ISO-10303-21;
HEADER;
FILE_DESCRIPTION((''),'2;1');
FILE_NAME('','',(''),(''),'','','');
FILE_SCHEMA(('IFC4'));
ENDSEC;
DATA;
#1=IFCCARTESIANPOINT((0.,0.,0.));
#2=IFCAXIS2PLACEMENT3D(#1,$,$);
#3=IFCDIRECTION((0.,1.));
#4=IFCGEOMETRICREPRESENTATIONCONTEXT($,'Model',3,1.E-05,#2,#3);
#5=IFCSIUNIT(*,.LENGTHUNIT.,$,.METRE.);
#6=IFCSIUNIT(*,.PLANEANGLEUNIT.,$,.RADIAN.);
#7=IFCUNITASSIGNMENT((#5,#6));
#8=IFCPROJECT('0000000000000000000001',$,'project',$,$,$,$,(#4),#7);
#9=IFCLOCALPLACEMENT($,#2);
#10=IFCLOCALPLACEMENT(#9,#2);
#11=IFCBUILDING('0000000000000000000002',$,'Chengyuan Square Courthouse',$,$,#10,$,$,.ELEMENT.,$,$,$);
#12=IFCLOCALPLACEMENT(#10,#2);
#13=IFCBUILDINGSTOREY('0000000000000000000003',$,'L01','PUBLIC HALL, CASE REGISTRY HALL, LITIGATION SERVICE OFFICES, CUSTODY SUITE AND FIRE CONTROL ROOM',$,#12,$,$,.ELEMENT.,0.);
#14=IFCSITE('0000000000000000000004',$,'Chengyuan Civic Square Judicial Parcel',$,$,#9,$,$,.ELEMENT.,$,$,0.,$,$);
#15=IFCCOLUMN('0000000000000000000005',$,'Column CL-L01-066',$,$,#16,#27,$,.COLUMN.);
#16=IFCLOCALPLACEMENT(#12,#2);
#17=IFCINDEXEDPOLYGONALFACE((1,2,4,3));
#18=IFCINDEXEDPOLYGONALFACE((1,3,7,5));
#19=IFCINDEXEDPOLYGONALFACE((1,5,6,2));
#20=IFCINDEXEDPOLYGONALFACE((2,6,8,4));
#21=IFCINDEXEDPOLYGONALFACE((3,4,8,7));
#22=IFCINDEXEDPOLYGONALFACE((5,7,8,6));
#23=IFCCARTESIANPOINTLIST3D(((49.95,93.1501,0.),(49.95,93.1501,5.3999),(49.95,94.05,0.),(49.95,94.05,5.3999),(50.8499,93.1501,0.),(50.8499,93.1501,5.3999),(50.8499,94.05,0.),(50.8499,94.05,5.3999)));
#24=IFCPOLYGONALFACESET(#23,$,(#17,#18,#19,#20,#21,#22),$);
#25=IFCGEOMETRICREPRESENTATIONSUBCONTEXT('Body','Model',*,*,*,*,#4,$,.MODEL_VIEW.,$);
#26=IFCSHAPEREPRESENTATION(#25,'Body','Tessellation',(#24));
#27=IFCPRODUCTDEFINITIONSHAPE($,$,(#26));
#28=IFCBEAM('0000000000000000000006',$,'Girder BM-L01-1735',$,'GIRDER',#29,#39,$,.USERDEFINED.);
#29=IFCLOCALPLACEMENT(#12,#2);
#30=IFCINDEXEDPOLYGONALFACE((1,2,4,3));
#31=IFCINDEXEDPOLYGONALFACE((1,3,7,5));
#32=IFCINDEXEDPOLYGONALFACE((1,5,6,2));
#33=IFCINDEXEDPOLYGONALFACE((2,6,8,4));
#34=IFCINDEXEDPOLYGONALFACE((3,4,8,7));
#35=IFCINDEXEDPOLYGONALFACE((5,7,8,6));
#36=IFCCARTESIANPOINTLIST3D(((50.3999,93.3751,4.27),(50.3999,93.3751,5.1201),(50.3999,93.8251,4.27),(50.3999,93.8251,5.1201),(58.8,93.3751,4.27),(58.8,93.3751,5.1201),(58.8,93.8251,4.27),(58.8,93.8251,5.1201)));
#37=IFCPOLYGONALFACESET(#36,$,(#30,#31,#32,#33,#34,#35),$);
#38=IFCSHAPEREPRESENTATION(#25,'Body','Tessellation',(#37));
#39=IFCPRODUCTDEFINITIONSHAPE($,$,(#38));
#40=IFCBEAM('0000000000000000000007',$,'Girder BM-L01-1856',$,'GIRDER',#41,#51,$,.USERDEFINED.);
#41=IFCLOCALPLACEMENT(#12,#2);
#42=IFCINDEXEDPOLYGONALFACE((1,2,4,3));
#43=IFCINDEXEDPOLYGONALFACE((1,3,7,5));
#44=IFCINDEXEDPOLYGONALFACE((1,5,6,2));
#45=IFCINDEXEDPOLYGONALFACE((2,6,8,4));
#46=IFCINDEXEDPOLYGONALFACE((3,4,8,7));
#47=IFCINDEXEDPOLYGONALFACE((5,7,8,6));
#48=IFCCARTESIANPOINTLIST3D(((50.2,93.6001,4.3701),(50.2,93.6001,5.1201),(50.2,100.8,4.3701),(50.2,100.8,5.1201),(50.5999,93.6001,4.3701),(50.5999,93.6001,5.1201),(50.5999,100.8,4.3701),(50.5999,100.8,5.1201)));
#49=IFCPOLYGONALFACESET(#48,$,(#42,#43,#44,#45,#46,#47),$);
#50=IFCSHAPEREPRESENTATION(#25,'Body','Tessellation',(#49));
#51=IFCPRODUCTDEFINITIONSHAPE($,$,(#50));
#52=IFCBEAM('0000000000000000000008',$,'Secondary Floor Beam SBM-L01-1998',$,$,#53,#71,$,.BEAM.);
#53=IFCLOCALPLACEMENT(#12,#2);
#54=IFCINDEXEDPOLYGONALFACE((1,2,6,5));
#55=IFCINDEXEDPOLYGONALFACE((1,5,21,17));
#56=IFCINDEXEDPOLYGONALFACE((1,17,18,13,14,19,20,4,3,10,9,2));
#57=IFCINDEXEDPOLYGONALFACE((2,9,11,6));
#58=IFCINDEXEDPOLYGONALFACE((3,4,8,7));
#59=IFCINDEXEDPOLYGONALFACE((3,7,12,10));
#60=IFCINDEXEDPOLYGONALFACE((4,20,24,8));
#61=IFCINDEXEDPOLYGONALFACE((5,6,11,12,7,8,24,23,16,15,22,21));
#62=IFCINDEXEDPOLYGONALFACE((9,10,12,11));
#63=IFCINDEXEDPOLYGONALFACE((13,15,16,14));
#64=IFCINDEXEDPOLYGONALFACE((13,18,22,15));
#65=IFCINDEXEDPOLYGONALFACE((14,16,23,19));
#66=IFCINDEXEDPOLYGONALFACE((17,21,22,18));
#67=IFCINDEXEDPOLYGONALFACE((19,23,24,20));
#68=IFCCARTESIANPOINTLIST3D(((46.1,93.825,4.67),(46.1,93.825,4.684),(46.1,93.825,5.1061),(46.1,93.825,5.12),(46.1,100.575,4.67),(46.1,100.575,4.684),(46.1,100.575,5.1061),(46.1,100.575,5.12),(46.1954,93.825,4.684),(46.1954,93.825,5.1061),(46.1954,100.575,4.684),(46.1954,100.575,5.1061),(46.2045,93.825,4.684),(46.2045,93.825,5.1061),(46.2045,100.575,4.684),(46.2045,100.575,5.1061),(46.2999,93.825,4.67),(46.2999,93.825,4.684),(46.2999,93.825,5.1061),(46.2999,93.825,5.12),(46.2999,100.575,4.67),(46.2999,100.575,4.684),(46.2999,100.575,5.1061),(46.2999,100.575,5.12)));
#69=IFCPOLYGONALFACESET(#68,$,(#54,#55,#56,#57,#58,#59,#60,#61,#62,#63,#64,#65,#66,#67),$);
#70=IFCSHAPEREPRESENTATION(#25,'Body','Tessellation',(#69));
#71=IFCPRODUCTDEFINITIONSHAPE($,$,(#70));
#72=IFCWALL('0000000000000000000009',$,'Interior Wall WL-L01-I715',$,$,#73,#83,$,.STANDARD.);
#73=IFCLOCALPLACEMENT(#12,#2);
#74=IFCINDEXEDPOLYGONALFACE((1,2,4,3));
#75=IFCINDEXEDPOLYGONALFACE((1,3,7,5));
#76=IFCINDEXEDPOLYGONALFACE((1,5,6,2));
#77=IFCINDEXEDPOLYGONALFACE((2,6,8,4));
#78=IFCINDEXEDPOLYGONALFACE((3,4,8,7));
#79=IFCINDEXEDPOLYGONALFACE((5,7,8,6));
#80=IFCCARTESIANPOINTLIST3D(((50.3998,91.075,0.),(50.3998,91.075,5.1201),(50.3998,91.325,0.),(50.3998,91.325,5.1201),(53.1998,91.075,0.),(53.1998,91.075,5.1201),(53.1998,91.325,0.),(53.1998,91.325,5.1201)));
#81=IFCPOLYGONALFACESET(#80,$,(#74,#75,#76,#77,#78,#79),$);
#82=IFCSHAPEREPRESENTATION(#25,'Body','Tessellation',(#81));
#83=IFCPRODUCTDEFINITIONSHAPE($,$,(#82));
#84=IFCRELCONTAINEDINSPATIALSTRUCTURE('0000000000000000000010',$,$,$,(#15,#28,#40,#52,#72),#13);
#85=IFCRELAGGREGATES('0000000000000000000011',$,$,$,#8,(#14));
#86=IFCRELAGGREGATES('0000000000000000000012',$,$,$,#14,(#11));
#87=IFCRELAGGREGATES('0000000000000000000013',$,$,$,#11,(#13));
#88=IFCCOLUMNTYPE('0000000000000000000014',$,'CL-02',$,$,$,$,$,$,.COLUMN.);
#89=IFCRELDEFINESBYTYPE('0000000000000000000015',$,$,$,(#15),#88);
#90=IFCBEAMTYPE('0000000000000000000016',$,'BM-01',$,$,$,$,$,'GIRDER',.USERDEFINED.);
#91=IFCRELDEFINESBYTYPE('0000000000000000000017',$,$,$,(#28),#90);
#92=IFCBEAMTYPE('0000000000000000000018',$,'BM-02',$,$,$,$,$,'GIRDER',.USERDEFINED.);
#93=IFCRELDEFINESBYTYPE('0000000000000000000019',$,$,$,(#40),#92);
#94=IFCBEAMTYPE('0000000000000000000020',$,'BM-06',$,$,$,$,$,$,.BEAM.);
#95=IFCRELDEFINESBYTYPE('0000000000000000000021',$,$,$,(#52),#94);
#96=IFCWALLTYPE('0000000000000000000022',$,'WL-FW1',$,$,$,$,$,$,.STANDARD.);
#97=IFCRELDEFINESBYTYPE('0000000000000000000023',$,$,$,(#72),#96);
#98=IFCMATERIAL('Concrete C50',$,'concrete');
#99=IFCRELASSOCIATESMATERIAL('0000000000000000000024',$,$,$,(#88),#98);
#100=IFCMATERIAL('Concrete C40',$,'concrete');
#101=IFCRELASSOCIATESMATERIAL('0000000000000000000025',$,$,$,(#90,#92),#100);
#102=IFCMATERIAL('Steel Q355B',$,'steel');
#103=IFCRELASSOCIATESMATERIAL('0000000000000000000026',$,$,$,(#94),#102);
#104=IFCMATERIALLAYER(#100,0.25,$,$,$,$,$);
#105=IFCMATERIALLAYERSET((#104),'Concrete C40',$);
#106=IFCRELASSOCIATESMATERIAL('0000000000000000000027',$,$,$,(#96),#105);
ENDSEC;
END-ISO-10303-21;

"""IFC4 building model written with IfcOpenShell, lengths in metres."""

from ifc_helpers import new_model, si_unit, direction, frame, frame_2d, origin, origin_2d, place, context, subcontext, project, spatial, rectangle, i_section, extrude, material, layer, layer_set, material_profile, profile_set, type_object, element, save


model = new_model("IFC4")

# Units and contexts
model_context = context("Model", 3, precision=1e-05, world=origin(), true_north=direction((0.0, 1.0)))
body_context = subcontext(model_context, "Body", "Model", "MODEL_VIEW")
ifc_project = project(units=[si_unit("LENGTHUNIT", "METRE"), si_unit("PLANEANGLEUNIT", "RADIAN")], contexts=[model_context])

# Site, building, storey
site_placement = place(None, origin())
site = spatial("IfcSite", under=ifc_project, at=site_placement, Name="Chengyuan Civic Square Judicial Parcel", CompositionType="ELEMENT", RefElevation=0.0)
building_placement = place(site_placement, origin())
building = spatial("IfcBuilding", under=site, at=building_placement, Name="Chengyuan Square Courthouse", CompositionType="ELEMENT")
storey_placement = place(building_placement, origin())
storey = spatial("IfcBuildingStorey", under=building, at=storey_placement, Name="L01", Description="PUBLIC HALL, CASE REGISTRY HALL, LITIGATION SERVICE OFFICES, CUSTODY SUITE AND FIRE CONTROL ROOM", CompositionType="ELEMENT", Elevation=0.0)

# Column
ifc_material_1 = material(Name="Concrete C50", Category="concrete")
ifc_material_profile_1 = material_profile(ifc_material_1, rectangle(XDim=0.8999, YDim=0.8999, at=origin_2d()), Name="RC-COL-900x900")
ifc_profile_set_1 = profile_set([ifc_material_profile_1], Name="Concrete C50")
column_type = type_object("IfcColumnType", Name="CL-02", PredefinedType="COLUMN", material=ifc_profile_set_1)
column_placement = place(storey_placement, frame((50.3999, 93.6001, 0.0), z_axis=(0.0, 0.0, 1.0), x_axis=(1.0, 0.0, 0.0)))
element("IfcColumn", 1, at=column_placement, inside=storey, type_object=column_type, Name="Column CL-L01-066", PredefinedType="COLUMN", context=body_context, shape_type="SweptSolid", body=[
    extrude(rectangle(XDim=0.8999, YDim=0.8999, at=origin_2d()), origin(), (0.0, 0.0, 1.0), 5.3999),
])

# Beams
ifc_material_2 = material(Name="Concrete C40", Category="concrete")
ifc_material_profile_2 = material_profile(ifc_material_2, rectangle(XDim=0.45, YDim=0.8501, at=origin_2d()), Name="RC-BM-450x850")
ifc_profile_set_2 = profile_set([ifc_material_profile_2], Name="Concrete C40")
beam_type_1 = type_object("IfcBeamType", Name="BM-01", ElementType="GIRDER", PredefinedType="USERDEFINED", material=ifc_profile_set_2)
beam_1_placement = place(storey_placement, frame((50.3999, 93.6001, 4.6951), z_axis=(1.0, 0.0, 0.0), x_axis=(0.0, 1.0, 0.0)))
element("IfcBeam", 2, at=beam_1_placement, inside=storey, type_object=beam_type_1, Name="Girder BM-L01-1735", ObjectType="GIRDER", PredefinedType="USERDEFINED", context=body_context, shape_type="SweptSolid", body=[
    extrude(rectangle(XDim=0.45, YDim=0.8501, at=origin_2d()), origin(), (0.0, 0.0, 1.0), 8.4001),
])
ifc_material_profile_3 = material_profile(ifc_material_2, rectangle(XDim=0.3999, YDim=0.75, at=origin_2d()), Name="RC-BM-400x750")
ifc_profile_set_3 = profile_set([ifc_material_profile_3], Name="Concrete C40")
beam_type_2 = type_object("IfcBeamType", Name="BM-02", ElementType="GIRDER", PredefinedType="USERDEFINED", material=ifc_profile_set_3)
beam_2_placement = place(storey_placement, frame((50.3999, 93.6001, 4.7451), z_axis=(0.0, 1.0, 0.0), x_axis=(-1.0, 0.0, 0.0)))
element("IfcBeam", 3, at=beam_2_placement, inside=storey, type_object=beam_type_2, Name="Girder BM-L01-1856", ObjectType="GIRDER", PredefinedType="USERDEFINED", context=body_context, shape_type="SweptSolid", body=[
    extrude(rectangle(XDim=0.3999, YDim=0.75, at=origin_2d()), origin(), (0.0, 0.0, 1.0), 7.2),
])
ifc_material_3 = material(Name="Steel Q355B", Category="steel")
ifc_material_profile_4 = material_profile(ifc_material_3, i_section(OverallWidth=0.2, OverallDepth=0.45, WebThickness=0.009, FlangeThickness=0.0139, at=origin_2d()), Name="HN 450x200x9x14")
ifc_profile_set_4 = profile_set([ifc_material_profile_4], Name="Steel Q355B")
beam_type_3 = type_object("IfcBeamType", Name="BM-06", PredefinedType="BEAM", material=ifc_profile_set_4)
beam_3_placement = place(storey_placement, frame((46.2, 93.825, 4.895), z_axis=(0.0, 1.0, 0.0), x_axis=(-1.0, 0.0, 0.0)))
element("IfcBeam", 4, at=beam_3_placement, inside=storey, type_object=beam_type_3, Name="Secondary Floor Beam SBM-L01-1998", PredefinedType="BEAM", context=body_context, shape_type="SweptSolid", body=[
    extrude(i_section(OverallWidth=0.2, OverallDepth=0.45, WebThickness=0.009, FlangeThickness=0.0139, at=origin_2d()), origin(), (0.0, 0.0, 1.0), 6.75),
])

# Wall
ifc_layer_1 = layer(ifc_material_2, 0.25)
ifc_layer_set_1 = layer_set([ifc_layer_1], Name="Concrete C40")
wall_type_1 = type_object("IfcWallType", Name="WL-FW1", PredefinedType="STANDARD", material=ifc_layer_set_1)
wall_1_placement = place(storey_placement, frame((50.3999, 91.2, 0.0), z_axis=(0.0, 0.0, 1.0), x_axis=(1.0, 0.0, 0.0)))
element("IfcWall", 5, at=wall_1_placement, inside=storey, type_object=wall_type_1, Name="Interior Wall WL-L01-I715", PredefinedType="STANDARD", context=body_context, shape_type="SweptSolid", body=[
    extrude(rectangle(XDim=2.8, YDim=0.25, at=frame_2d((1.3999, 0.0))), origin(), (0.0, 0.0, 1.0), 5.1201),
])

save(model, "model.ifc")
